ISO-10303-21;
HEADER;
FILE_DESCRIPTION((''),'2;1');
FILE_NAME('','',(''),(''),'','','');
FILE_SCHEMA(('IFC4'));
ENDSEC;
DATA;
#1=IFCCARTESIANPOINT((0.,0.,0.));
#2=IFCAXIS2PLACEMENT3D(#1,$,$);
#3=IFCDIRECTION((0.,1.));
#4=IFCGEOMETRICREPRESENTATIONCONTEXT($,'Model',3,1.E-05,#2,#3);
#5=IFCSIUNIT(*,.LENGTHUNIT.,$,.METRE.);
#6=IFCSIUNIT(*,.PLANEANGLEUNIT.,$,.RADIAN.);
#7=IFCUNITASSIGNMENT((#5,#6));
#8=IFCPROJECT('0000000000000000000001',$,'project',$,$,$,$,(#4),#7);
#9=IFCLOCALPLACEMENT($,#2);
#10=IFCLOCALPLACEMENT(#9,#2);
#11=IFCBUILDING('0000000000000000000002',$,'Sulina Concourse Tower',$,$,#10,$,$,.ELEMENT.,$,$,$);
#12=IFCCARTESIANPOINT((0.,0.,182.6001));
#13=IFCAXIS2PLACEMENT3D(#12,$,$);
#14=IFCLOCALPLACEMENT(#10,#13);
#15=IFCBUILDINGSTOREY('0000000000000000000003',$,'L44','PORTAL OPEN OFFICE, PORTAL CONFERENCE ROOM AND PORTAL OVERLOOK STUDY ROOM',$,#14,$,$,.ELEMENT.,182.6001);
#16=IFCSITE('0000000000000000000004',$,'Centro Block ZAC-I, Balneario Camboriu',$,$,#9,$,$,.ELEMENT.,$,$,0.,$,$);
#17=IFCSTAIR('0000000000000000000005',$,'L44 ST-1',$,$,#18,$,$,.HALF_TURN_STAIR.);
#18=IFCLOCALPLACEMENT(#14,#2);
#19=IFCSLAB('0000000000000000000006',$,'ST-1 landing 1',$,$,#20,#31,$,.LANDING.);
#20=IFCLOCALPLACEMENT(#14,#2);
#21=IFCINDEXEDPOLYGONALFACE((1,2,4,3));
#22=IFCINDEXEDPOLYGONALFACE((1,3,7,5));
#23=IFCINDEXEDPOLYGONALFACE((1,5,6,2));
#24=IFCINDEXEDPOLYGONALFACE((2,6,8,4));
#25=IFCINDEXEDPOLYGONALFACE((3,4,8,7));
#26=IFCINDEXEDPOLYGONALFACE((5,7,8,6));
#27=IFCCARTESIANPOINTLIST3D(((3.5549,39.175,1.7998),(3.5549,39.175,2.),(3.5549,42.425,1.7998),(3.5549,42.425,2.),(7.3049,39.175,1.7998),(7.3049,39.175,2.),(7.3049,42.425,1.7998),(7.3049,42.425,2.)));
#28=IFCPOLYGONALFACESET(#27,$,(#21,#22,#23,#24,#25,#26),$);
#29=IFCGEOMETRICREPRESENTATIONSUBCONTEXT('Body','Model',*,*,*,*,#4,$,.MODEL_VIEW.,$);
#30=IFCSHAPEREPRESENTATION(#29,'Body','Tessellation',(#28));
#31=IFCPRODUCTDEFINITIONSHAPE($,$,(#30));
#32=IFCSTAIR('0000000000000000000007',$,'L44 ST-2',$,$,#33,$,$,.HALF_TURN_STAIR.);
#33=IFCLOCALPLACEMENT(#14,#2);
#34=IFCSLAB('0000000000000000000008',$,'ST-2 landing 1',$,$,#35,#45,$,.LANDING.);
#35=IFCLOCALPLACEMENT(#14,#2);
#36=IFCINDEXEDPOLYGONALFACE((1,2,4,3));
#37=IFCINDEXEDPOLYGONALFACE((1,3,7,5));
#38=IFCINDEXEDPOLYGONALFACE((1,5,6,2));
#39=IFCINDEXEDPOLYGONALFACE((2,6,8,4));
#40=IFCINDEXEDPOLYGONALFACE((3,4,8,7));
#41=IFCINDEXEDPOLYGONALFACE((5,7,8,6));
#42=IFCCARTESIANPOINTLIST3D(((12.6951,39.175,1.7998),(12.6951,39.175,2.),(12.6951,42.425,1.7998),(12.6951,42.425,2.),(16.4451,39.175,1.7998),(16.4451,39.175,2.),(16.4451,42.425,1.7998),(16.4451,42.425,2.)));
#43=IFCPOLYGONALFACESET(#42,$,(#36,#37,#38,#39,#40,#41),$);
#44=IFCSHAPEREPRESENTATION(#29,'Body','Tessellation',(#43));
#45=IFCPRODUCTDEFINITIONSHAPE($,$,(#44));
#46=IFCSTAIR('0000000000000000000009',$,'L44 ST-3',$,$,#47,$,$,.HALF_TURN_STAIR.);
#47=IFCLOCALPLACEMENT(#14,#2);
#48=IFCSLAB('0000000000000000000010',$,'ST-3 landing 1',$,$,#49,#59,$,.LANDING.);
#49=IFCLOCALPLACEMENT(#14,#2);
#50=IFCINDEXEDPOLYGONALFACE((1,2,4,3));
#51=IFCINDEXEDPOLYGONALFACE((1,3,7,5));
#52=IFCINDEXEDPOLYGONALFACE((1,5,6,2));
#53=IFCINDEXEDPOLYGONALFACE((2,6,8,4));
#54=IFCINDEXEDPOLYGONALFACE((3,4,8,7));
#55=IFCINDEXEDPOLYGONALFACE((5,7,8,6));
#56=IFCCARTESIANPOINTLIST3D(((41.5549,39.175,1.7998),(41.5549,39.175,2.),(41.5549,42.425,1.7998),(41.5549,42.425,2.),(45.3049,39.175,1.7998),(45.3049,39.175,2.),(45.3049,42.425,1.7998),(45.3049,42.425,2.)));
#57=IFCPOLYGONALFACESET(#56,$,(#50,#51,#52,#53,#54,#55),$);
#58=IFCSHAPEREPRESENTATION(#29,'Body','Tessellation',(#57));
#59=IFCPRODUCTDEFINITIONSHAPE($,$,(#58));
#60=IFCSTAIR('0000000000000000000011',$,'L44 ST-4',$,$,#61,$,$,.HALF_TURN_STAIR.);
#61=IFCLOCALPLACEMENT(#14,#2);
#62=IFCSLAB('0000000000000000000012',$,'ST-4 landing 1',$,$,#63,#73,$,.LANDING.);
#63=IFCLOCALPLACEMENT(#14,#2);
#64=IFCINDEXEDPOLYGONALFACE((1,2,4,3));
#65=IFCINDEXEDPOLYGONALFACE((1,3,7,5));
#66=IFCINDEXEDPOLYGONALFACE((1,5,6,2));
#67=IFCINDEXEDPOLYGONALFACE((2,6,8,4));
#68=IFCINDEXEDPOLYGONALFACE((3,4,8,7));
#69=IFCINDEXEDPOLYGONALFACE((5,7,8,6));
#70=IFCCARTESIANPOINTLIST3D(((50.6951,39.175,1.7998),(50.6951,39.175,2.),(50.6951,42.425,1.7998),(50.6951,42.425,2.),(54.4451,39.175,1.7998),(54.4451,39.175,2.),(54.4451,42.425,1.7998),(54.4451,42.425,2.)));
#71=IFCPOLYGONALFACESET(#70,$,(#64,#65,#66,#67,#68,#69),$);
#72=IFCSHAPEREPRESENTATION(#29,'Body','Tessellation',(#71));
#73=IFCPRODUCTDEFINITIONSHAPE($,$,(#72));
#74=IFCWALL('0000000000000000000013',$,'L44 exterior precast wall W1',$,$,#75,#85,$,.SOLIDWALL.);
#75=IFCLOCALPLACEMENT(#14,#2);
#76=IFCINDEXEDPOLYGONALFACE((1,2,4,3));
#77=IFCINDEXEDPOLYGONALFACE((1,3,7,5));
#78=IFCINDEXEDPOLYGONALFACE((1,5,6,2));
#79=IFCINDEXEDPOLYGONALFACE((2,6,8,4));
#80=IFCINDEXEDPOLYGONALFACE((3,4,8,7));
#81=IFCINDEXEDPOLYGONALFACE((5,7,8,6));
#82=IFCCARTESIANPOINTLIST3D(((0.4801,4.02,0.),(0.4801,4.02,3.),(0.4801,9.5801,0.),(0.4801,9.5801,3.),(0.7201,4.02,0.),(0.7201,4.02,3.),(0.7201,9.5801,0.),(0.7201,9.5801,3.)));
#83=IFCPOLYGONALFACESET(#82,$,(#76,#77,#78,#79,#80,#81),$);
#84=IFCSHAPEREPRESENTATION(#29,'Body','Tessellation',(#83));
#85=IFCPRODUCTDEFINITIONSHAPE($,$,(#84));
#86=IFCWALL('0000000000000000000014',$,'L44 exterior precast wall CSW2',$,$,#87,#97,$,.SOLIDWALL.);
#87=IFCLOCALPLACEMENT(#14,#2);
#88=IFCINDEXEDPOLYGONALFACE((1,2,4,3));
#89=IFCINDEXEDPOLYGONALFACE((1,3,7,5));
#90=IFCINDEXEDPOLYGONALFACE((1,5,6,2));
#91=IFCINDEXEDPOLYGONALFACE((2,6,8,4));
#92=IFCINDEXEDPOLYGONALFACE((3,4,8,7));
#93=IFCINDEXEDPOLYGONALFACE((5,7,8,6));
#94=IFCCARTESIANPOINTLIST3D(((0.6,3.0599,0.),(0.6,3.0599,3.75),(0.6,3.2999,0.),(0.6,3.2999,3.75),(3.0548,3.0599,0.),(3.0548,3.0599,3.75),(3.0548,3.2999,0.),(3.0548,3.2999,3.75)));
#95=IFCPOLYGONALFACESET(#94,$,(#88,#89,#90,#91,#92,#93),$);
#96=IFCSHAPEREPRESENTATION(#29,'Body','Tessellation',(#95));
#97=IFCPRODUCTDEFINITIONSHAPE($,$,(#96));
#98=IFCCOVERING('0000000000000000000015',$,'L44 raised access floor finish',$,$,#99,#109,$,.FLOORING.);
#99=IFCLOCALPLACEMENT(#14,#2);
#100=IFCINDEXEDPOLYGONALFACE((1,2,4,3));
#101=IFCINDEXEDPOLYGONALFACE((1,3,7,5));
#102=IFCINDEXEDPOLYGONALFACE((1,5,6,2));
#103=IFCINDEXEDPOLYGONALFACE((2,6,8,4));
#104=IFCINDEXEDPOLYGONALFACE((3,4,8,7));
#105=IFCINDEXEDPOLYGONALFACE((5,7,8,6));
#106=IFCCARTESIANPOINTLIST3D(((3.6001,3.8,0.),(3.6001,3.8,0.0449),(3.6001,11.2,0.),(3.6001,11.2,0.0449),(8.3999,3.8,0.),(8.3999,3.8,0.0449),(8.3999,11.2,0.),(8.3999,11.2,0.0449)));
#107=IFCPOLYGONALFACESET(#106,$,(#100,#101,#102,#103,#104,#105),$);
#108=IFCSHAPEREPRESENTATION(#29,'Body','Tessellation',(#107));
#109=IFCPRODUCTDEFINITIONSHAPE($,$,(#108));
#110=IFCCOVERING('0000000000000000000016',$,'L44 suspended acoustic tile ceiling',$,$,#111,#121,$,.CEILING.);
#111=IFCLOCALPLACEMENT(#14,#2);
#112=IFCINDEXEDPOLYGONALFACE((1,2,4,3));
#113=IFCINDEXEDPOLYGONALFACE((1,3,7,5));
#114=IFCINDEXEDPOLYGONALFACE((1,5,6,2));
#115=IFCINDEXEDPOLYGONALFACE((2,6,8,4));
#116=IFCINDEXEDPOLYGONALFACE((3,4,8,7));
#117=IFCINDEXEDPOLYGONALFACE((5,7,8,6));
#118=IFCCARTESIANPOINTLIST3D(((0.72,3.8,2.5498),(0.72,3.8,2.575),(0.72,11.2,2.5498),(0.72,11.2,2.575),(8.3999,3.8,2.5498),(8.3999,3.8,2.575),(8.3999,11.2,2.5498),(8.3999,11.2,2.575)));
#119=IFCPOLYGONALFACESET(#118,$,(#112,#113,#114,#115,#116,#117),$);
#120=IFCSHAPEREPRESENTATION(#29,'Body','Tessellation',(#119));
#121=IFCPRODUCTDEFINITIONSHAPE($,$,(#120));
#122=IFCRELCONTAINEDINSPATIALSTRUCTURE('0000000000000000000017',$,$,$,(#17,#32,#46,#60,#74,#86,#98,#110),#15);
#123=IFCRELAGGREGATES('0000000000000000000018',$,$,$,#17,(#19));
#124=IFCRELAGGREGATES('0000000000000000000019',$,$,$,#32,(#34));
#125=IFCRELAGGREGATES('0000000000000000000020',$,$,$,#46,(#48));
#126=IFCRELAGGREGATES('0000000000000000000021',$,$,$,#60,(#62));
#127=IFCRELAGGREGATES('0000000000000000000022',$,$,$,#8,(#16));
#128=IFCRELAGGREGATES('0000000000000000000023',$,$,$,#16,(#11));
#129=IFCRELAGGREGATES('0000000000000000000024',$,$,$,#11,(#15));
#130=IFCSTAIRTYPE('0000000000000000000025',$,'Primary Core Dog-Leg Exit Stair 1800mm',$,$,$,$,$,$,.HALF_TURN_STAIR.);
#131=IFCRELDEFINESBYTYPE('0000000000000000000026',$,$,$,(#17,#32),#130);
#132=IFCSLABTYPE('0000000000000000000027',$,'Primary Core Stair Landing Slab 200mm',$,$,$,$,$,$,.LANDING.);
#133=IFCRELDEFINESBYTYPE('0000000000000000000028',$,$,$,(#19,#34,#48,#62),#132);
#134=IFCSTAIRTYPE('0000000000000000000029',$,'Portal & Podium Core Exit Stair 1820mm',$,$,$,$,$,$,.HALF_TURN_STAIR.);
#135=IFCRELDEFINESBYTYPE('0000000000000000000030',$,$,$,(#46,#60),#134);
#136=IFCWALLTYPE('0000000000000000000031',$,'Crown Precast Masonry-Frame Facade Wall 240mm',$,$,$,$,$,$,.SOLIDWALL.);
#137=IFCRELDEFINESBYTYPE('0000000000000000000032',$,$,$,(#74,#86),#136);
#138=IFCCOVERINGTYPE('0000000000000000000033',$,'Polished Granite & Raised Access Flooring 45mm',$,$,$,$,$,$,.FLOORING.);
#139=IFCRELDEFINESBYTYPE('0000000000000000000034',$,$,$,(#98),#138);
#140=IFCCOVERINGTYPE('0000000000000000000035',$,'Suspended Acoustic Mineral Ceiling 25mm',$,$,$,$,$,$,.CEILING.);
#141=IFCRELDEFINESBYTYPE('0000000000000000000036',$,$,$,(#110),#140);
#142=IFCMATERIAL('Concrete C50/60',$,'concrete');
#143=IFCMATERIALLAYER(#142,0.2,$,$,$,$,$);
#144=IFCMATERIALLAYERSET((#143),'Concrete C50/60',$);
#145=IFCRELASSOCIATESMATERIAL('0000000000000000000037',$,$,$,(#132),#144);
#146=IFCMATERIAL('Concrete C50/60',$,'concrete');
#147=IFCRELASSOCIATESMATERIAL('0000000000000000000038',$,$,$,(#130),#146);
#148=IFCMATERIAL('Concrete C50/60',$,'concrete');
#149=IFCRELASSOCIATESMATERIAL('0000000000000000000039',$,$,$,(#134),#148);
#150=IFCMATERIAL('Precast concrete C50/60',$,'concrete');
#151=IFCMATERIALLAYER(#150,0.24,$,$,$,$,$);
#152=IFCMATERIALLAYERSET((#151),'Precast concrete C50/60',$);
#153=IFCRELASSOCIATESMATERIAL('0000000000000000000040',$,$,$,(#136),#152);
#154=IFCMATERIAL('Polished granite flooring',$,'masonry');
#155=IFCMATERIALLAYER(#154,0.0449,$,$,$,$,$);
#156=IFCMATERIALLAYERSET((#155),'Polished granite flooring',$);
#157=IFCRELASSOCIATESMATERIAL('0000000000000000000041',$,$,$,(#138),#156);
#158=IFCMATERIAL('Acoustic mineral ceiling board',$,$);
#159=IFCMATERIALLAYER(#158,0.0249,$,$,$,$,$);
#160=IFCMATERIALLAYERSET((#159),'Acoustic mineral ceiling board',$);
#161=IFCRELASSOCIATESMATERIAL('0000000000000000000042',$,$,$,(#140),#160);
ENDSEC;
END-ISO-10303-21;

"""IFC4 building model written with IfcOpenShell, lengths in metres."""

from ifc_helpers import new_model, si_unit, direction, frame, frame_2d, origin, place, context, subcontext, project, spatial, polyline, rectangle, outline, extrude, material, layer, layer_set, type_object, element, aggregate, save


model = new_model("IFC4")

# Units and contexts
model_context = context("Model", 3, precision=1e-05, world=origin(), true_north=direction((0.0, 1.0)))
body_context = subcontext(model_context, "Body", "Model", "MODEL_VIEW")
ifc_project = project(units=[si_unit("LENGTHUNIT", "METRE"), si_unit("PLANEANGLEUNIT", "RADIAN")], contexts=[model_context])

# Site, building, storey
site_placement = place(None, origin())
site = spatial("IfcSite", under=ifc_project, at=site_placement, Name="Centro Block ZAC-I, Balneario Camboriu", CompositionType="ELEMENT", RefElevation=0.0)
building_placement = place(site_placement, origin())
building = spatial("IfcBuilding", under=site, at=building_placement, Name="Sulina Concourse Tower", CompositionType="ELEMENT")
storey_placement = place(building_placement, frame((0.0, 0.0, 182.6001)))
storey = spatial("IfcBuildingStorey", under=building, at=storey_placement, Name="L44", Description="PORTAL OPEN OFFICE, PORTAL CONFERENCE ROOM AND PORTAL OVERLOOK STUDY ROOM", CompositionType="ELEMENT", Elevation=182.6001)

# Shared definitions
ifc_material_1 = material(Name="Concrete C50/60", Category="concrete")
ifc_layer_1 = layer(ifc_material_1, 0.2)
ifc_layer_set_1 = layer_set([ifc_layer_1], Name="Concrete C50/60")
slab_type_1 = type_object("IfcSlabType", Name="Primary Core Stair Landing Slab 200mm", PredefinedType="LANDING", material=ifc_layer_set_1)

# Stairs, slabs
ifc_material_2 = material(Name="Concrete C50/60", Category="concrete")
stair_type_1 = type_object("IfcStairType", Name="Primary Core Dog-Leg Exit Stair 1800mm", PredefinedType="HALF_TURN_STAIR", material=ifc_material_2)
stair_1_placement = place(storey_placement, origin())
stair_1 = element("IfcStair", 1, at=stair_1_placement, inside=storey, type_object=stair_type_1, Name="L44 ST-1", PredefinedType="HALF_TURN_STAIR")
slab_1_placement = place(storey_placement, frame((0.0, 0.0, 1.7998)))
slab_1 = element("IfcSlab", 2, at=slab_1_placement, type_object=slab_type_1, Name="ST-1 landing 1", PredefinedType="LANDING", context=body_context, shape_type="SweptSolid", body=[
    extrude(outline(polyline([(7.3049, 39.175), (7.3049, 42.425), (3.5549, 42.425), (3.5549, 39.175), (7.3049, 39.175)])), origin(), (0.0, 0.0, 1.0), 0.2002),
])
aggregate(stair_1, [slab_1])
stair_2_placement = place(storey_placement, origin())
stair_2 = element("IfcStair", 3, at=stair_2_placement, inside=storey, type_object=stair_type_1, Name="L44 ST-2", PredefinedType="HALF_TURN_STAIR")
slab_2_placement = place(storey_placement, frame((0.0, 0.0, 1.7998)))
slab_2 = element("IfcSlab", 4, at=slab_2_placement, type_object=slab_type_1, Name="ST-2 landing 1", PredefinedType="LANDING", context=body_context, shape_type="SweptSolid", body=[
    extrude(outline(polyline([(16.4451, 39.175), (16.4451, 42.425), (12.6951, 42.425), (12.6951, 39.175), (16.4451, 39.175)])), origin(), (0.0, 0.0, 1.0), 0.2002),
])
aggregate(stair_2, [slab_2])
ifc_material_3 = material(Name="Concrete C50/60", Category="concrete")
stair_type_2 = type_object("IfcStairType", Name="Portal & Podium Core Exit Stair 1820mm", PredefinedType="HALF_TURN_STAIR", material=ifc_material_3)
stair_3_placement = place(storey_placement, origin())
stair_3 = element("IfcStair", 5, at=stair_3_placement, inside=storey, type_object=stair_type_2, Name="L44 ST-3", PredefinedType="HALF_TURN_STAIR")
slab_3_placement = place(storey_placement, frame((0.0, 0.0, 1.7998)))
slab_3 = element("IfcSlab", 6, at=slab_3_placement, type_object=slab_type_1, Name="ST-3 landing 1", PredefinedType="LANDING", context=body_context, shape_type="SweptSolid", body=[
    extrude(outline(polyline([(45.3049, 39.175), (45.3049, 42.425), (41.5549, 42.425), (41.5549, 39.175), (45.3049, 39.175)])), origin(), (0.0, 0.0, 1.0), 0.2002),
])
aggregate(stair_3, [slab_3])
stair_4_placement = place(storey_placement, origin())
stair_4 = element("IfcStair", 7, at=stair_4_placement, inside=storey, type_object=stair_type_2, Name="L44 ST-4", PredefinedType="HALF_TURN_STAIR")
slab_4_placement = place(storey_placement, frame((0.0, 0.0, 1.7998)))
slab_4 = element("IfcSlab", 8, at=slab_4_placement, type_object=slab_type_1, Name="ST-4 landing 1", PredefinedType="LANDING", context=body_context, shape_type="SweptSolid", body=[
    extrude(outline(polyline([(54.4451, 39.175), (54.4451, 42.425), (50.6951, 42.425), (50.6951, 39.175), (54.4451, 39.175)])), origin(), (0.0, 0.0, 1.0), 0.2002),
])
aggregate(stair_4, [slab_4])

# Walls
ifc_material_4 = material(Name="Precast concrete C50/60", Category="concrete")
ifc_layer_2 = layer(ifc_material_4, 0.24)
ifc_layer_set_2 = layer_set([ifc_layer_2], Name="Precast concrete C50/60")
wall_type = type_object("IfcWallType", Name="Crown Precast Masonry-Frame Facade Wall 240mm", PredefinedType="SOLIDWALL", material=ifc_layer_set_2)
wall_1_placement = place(storey_placement, frame((0.6001, 4.02, 0.0), z_axis=(0.0, 0.0, 1.0), x_axis=(0.0, 1.0, 0.0)))
element("IfcWall", 9, at=wall_1_placement, inside=storey, type_object=wall_type, Name="L44 exterior precast wall W1", PredefinedType="SOLIDWALL", context=body_context, shape_type="SweptSolid", body=[
    extrude(rectangle(XDim=5.5601, YDim=0.24, at=frame_2d((2.78, 0.0))), origin(), (0.0, 0.0, 1.0), 3.0),
])
wall_2_placement = place(storey_placement, frame((3.0549, 3.1799, 0.0), z_axis=(0.0, 0.0, 1.0), x_axis=(-1.0, 0.0, 0.0)))
element("IfcWall", 10, at=wall_2_placement, inside=storey, type_object=wall_type, Name="L44 exterior precast wall CSW2", PredefinedType="SOLIDWALL", context=body_context, shape_type="SweptSolid", body=[
    extrude(rectangle(XDim=2.4548, YDim=0.24, at=frame_2d((1.2275, 0.0))), origin(), (0.0, 0.0, 1.0), 3.75),
])

# Coverings
ifc_material_5 = material(Name="Polished granite flooring", Category="masonry")
ifc_layer_3 = layer(ifc_material_5, 0.0449)
ifc_layer_set_3 = layer_set([ifc_layer_3], Name="Polished granite flooring")
covering_type_1 = type_object("IfcCoveringType", Name="Polished Granite & Raised Access Flooring 45mm", PredefinedType="FLOORING", material=ifc_layer_set_3)
covering_1_placement = place(storey_placement, origin())
element("IfcCovering", 11, at=covering_1_placement, inside=storey, type_object=covering_type_1, Name="L44 raised access floor finish", PredefinedType="FLOORING", context=body_context, shape_type="SweptSolid", body=[
    extrude(outline(polyline([(3.6001, 3.8), (8.3999, 3.8), (8.3999, 11.2), (3.6001, 11.2), (3.6001, 3.8)])), origin(), (0.0, 0.0, 1.0), 0.0449),
])
ifc_material_6 = material(Name="Acoustic mineral ceiling board")
ifc_layer_4 = layer(ifc_material_6, 0.0249)
ifc_layer_set_4 = layer_set([ifc_layer_4], Name="Acoustic mineral ceiling board")
covering_type_2 = type_object("IfcCoveringType", Name="Suspended Acoustic Mineral Ceiling 25mm", PredefinedType="CEILING", material=ifc_layer_set_4)
covering_2_placement = place(storey_placement, frame((0.0, 0.0, 2.5498)))
element("IfcCovering", 12, at=covering_2_placement, inside=storey, type_object=covering_type_2, Name="L44 suspended acoustic tile ceiling", PredefinedType="CEILING", context=body_context, shape_type="SweptSolid", body=[
    extrude(outline(polyline([(0.72, 3.8), (8.3999, 3.8), (8.3999, 11.2), (0.72, 11.2), (0.72, 3.8)])), origin(), (0.0, 0.0, 1.0), 0.0251),
])

save(model, "model.ifc")
